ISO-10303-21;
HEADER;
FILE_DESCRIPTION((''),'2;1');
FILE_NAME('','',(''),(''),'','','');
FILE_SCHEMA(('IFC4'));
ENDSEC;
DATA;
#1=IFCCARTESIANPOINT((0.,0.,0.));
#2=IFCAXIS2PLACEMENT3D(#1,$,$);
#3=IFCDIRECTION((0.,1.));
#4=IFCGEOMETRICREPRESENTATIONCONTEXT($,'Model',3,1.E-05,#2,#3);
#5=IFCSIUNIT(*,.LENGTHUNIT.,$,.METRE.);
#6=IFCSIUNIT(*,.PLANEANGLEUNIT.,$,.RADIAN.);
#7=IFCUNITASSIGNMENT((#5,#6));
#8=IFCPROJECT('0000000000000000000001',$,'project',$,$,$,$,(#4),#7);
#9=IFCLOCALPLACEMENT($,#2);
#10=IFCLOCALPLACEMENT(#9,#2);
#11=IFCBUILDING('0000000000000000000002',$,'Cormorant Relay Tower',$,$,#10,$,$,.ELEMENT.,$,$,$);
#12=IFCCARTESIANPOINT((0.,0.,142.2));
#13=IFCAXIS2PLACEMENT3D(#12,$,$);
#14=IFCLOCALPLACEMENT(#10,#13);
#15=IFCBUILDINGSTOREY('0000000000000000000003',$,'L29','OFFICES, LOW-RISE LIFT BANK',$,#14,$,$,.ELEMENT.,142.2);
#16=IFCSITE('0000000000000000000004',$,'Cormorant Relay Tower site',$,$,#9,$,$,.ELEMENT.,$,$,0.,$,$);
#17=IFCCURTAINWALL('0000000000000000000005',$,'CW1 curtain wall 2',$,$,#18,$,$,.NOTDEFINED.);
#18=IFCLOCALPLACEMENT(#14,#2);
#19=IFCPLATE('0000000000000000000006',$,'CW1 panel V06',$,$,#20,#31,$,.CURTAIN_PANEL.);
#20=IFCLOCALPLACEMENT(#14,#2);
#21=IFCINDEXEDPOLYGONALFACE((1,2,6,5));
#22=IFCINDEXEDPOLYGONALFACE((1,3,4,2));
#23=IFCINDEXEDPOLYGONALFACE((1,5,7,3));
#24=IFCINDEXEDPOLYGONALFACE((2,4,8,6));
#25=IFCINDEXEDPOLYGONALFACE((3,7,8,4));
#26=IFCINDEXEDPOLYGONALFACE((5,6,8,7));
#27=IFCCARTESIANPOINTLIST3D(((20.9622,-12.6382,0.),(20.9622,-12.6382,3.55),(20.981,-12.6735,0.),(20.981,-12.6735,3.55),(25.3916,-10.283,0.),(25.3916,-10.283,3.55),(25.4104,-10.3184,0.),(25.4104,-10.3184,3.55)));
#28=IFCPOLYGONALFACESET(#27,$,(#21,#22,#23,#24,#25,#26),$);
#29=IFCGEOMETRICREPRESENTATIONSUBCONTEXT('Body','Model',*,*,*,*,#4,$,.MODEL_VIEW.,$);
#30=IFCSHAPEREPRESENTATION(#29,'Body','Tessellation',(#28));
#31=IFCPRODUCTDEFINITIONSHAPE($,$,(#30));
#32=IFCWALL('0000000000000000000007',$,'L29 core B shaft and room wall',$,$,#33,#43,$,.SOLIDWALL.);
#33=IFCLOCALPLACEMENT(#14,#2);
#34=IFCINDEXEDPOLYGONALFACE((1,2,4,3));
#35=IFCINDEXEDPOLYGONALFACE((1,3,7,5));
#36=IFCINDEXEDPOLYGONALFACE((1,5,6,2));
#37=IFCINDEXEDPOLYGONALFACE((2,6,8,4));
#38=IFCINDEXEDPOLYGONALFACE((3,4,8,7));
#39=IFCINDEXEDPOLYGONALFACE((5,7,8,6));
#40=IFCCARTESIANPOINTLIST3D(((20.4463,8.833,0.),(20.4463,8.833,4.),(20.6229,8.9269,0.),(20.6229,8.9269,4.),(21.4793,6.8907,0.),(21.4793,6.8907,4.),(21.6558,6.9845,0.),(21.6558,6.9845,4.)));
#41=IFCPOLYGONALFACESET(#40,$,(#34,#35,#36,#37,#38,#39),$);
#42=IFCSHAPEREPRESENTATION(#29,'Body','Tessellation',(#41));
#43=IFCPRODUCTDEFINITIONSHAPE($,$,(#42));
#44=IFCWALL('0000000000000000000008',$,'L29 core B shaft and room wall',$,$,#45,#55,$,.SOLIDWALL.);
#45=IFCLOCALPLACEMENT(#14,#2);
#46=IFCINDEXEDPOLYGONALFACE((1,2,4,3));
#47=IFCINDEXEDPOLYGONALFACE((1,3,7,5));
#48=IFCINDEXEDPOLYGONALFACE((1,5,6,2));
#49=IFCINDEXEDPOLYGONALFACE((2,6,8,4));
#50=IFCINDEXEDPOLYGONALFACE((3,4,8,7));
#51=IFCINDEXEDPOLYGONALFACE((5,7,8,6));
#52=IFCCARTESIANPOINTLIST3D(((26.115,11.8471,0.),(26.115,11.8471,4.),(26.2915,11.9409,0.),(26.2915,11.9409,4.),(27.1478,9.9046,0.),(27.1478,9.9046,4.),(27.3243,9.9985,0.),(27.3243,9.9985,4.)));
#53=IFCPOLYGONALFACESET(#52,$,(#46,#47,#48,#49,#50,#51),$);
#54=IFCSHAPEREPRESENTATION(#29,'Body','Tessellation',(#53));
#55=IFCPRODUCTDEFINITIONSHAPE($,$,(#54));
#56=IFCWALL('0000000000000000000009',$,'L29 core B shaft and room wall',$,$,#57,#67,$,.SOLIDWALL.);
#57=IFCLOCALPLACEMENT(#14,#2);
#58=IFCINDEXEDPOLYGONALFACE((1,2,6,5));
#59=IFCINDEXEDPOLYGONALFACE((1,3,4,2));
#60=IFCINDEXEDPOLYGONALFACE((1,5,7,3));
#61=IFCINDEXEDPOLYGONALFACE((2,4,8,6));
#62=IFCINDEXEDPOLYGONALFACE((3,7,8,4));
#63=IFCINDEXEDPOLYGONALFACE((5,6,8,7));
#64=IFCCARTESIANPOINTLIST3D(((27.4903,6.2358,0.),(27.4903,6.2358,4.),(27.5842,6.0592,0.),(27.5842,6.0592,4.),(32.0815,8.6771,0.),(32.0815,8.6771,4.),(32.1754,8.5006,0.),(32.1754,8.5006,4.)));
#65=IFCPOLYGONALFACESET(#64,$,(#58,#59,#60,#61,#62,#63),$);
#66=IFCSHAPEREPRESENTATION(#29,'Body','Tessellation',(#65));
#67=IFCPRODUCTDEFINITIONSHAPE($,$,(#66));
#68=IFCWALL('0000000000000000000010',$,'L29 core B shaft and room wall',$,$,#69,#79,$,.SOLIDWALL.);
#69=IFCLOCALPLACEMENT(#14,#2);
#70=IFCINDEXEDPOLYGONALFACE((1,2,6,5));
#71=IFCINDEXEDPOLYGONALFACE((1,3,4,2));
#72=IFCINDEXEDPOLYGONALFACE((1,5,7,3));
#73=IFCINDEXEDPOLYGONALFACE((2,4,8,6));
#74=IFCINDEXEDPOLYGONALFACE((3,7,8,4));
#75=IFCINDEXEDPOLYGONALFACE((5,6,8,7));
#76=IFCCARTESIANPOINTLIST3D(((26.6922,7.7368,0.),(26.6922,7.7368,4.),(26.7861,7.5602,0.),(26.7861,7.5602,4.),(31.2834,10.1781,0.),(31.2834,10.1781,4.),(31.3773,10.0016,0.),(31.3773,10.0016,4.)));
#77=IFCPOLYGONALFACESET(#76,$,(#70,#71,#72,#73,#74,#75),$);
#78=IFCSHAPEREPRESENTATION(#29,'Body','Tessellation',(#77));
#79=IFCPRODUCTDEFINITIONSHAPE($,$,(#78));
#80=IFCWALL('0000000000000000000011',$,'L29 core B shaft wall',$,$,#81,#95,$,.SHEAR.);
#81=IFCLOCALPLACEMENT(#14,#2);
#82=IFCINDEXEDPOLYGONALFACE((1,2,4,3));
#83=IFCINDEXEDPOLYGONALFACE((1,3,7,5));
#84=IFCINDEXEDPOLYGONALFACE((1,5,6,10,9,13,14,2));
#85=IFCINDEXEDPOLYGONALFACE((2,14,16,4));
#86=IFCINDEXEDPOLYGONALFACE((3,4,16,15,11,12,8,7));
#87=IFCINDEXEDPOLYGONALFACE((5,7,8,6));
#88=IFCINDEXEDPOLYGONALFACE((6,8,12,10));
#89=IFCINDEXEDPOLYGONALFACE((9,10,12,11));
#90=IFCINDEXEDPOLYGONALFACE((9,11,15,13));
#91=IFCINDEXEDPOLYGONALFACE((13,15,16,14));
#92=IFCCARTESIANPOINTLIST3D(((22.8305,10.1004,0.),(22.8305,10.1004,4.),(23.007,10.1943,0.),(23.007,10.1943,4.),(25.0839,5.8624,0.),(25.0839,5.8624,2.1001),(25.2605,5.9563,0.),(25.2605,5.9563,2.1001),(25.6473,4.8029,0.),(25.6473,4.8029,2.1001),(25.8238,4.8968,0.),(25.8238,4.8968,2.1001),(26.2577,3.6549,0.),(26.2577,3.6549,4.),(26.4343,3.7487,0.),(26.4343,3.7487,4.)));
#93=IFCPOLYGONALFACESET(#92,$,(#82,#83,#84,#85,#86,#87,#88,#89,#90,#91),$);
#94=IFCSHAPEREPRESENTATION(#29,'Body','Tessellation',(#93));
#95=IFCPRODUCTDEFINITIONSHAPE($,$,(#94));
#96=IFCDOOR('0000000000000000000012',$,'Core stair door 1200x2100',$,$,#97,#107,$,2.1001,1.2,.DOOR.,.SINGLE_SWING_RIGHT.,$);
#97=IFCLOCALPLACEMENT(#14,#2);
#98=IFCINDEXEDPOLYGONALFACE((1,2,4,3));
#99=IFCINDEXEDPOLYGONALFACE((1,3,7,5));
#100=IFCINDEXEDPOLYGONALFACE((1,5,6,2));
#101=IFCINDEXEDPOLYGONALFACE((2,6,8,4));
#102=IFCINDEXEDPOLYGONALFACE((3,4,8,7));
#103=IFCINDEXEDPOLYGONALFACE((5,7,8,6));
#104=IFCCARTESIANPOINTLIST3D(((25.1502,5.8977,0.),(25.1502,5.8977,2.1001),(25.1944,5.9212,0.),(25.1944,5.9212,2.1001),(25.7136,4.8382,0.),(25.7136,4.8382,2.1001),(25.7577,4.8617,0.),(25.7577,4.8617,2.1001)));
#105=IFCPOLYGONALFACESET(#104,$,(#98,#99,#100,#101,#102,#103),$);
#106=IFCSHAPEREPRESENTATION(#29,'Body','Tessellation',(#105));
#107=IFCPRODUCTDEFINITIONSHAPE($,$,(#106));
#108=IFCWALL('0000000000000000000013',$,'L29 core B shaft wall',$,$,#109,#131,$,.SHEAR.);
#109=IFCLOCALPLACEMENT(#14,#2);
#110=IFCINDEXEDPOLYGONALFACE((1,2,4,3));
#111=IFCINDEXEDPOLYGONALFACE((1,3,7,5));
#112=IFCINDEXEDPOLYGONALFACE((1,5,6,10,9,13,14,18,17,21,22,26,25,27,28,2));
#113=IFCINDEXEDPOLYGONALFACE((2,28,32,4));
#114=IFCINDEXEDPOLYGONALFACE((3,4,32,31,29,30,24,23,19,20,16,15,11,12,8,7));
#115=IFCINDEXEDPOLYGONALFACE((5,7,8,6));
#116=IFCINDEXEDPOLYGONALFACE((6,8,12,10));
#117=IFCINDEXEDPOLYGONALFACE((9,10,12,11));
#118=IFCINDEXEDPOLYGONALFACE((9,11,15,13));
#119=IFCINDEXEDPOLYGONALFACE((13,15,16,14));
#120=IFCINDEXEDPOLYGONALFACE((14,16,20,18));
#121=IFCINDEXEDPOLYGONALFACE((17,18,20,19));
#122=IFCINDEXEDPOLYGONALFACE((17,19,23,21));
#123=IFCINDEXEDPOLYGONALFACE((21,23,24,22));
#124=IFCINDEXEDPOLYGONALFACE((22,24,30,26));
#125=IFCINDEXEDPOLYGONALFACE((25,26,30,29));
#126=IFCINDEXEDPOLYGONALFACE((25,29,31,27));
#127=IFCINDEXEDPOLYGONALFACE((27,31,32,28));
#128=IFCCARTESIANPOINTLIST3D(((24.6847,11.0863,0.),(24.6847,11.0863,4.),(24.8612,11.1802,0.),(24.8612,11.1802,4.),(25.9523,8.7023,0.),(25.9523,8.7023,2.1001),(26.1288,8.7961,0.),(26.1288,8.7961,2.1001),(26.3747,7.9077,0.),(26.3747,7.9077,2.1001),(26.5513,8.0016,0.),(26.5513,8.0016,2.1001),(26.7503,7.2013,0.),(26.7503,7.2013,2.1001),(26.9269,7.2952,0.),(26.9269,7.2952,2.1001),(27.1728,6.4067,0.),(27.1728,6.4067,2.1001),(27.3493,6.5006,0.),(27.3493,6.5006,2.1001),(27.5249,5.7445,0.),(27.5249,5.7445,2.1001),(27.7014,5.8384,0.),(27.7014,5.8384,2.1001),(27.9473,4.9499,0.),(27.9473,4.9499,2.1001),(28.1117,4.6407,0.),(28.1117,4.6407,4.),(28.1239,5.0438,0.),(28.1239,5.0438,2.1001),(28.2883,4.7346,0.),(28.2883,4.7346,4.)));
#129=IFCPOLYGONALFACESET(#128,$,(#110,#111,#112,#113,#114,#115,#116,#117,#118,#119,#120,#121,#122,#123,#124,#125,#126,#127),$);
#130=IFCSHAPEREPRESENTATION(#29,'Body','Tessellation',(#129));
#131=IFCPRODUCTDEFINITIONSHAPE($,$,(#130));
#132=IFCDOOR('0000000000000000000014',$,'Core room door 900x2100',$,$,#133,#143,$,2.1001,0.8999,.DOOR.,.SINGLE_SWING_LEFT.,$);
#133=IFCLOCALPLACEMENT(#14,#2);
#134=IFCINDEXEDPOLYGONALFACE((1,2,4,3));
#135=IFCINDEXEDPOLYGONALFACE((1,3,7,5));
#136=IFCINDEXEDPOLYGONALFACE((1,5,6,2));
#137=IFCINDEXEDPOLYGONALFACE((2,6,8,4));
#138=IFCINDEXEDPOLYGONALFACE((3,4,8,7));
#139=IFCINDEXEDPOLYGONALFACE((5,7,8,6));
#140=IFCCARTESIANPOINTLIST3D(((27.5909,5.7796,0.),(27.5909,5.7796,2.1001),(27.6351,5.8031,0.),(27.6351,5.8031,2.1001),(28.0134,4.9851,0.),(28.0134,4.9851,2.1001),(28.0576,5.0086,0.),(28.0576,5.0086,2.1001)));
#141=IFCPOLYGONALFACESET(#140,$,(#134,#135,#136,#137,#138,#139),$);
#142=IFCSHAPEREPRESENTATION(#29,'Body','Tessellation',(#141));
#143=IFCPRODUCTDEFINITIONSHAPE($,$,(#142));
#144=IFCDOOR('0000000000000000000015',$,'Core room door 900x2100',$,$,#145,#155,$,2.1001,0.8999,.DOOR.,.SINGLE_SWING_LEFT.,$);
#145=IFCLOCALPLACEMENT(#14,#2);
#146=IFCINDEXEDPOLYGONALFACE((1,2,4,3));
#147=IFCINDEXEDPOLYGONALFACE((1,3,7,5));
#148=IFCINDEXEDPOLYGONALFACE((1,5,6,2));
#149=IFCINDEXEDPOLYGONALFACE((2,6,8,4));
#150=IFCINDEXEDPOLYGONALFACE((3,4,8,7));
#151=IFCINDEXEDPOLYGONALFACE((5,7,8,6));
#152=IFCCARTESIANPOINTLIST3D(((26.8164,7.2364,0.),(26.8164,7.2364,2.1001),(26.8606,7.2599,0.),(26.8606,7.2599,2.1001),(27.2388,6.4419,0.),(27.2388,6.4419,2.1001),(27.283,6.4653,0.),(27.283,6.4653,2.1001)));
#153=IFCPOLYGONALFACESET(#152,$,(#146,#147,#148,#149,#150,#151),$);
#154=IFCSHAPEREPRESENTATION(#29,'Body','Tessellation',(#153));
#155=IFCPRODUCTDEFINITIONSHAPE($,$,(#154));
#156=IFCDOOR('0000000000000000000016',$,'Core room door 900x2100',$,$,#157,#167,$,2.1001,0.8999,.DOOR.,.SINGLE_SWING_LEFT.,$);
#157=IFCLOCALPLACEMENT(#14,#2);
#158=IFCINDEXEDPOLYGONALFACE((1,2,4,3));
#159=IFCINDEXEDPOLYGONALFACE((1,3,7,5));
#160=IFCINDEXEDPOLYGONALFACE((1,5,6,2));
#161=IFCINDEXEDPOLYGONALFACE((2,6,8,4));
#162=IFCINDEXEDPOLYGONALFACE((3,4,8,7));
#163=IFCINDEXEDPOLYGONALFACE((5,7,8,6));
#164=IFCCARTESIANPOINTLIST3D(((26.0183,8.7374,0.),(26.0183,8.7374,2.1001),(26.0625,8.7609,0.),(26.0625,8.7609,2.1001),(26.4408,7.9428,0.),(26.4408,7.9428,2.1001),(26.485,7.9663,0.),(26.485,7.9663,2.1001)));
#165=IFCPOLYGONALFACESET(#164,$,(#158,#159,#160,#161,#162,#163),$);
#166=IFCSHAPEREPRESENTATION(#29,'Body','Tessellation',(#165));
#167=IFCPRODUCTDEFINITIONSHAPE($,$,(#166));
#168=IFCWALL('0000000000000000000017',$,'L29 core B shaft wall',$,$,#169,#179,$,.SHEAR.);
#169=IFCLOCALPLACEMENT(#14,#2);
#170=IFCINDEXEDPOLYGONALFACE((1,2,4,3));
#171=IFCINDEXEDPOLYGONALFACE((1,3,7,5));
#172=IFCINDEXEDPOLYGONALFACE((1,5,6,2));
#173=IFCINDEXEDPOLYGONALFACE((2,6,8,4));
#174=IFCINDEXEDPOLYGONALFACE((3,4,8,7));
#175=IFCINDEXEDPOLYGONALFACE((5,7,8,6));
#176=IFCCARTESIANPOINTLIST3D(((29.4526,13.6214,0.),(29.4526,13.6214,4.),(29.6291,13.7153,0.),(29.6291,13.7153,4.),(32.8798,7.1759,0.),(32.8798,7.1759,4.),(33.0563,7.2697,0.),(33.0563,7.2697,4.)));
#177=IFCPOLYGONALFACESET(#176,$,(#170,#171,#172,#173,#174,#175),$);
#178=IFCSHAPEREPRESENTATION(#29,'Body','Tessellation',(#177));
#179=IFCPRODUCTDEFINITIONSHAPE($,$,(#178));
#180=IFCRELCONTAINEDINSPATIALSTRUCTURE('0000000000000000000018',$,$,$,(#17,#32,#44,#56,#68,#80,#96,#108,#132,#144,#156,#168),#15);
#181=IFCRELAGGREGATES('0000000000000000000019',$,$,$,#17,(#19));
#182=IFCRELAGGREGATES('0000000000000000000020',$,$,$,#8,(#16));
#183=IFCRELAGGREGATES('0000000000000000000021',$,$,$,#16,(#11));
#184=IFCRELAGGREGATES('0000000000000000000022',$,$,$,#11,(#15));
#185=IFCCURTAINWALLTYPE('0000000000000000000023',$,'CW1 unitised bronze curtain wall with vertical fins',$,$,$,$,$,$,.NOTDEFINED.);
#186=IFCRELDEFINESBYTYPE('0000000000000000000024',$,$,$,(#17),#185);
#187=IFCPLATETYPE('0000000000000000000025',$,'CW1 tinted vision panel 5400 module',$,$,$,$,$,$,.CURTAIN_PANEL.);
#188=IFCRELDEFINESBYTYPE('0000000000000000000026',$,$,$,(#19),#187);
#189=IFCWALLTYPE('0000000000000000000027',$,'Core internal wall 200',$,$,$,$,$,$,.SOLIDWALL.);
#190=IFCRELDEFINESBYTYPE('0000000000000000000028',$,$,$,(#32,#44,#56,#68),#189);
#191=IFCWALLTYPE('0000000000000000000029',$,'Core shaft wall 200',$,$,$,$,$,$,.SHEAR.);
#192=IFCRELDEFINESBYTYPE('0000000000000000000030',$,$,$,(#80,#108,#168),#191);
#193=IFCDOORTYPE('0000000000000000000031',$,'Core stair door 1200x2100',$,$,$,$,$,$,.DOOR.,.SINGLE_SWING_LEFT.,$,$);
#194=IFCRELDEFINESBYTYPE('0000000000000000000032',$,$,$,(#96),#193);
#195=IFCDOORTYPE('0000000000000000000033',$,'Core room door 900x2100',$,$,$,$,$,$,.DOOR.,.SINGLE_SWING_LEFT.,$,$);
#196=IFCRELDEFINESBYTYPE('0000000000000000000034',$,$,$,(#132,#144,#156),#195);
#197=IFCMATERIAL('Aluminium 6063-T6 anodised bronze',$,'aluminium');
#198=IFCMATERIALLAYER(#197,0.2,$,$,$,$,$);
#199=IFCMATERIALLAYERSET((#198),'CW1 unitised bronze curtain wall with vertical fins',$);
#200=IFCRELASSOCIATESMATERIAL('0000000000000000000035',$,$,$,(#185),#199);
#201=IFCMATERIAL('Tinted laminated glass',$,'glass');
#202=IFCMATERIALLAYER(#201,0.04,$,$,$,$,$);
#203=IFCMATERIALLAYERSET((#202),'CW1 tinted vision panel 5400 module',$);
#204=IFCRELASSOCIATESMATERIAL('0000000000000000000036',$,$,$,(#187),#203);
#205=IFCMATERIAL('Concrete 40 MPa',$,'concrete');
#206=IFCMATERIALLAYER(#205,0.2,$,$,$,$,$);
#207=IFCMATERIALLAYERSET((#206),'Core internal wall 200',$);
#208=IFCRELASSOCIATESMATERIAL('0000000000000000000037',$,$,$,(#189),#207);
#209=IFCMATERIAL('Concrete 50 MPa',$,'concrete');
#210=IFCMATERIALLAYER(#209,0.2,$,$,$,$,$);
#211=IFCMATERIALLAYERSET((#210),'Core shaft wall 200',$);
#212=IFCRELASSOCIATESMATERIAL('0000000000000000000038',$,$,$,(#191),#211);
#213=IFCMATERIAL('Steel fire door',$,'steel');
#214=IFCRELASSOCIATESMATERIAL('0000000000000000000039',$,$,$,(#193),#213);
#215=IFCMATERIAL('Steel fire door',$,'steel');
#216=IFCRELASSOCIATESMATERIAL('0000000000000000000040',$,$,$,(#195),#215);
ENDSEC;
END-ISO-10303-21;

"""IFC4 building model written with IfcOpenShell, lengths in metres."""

from ifc_helpers import new_model, si_unit, direction, frame, frame_2d, origin, origin_2d, place, context, subcontext, project, spatial, rectangle, extrude, material, layer, layer_set, type_object, element, fill, aggregate, save


model = new_model("IFC4")

# Units and contexts
model_context = context("Model", 3, precision=1e-05, world=origin(), true_north=direction((0.0, 1.0)))
body_context = subcontext(model_context, "Body", "Model", "MODEL_VIEW")
ifc_project = project(units=[si_unit("LENGTHUNIT", "METRE"), si_unit("PLANEANGLEUNIT", "RADIAN")], contexts=[model_context])

# Site, building, storey
site_placement = place(None, origin())
site = spatial("IfcSite", under=ifc_project, at=site_placement, Name="Cormorant Relay Tower site", CompositionType="ELEMENT", RefElevation=0.0)
building_placement = place(site_placement, origin())
building = spatial("IfcBuilding", under=site, at=building_placement, Name="Cormorant Relay Tower", CompositionType="ELEMENT")
storey_placement = place(building_placement, frame((0.0, 0.0, 142.2)))
storey = spatial("IfcBuildingStorey", under=building, at=storey_placement, Name="L29", Description="OFFICES, LOW-RISE LIFT BANK", CompositionType="ELEMENT", Elevation=142.2)

# Curtain wall
ifc_material_1 = material(Name="Aluminium 6063-T6 anodised bronze", Category="aluminium")
ifc_layer_1 = layer(ifc_material_1, 0.2)
ifc_layer_set_1 = layer_set([ifc_layer_1], Name="CW1 unitised bronze curtain wall with vertical fins")
curtain_wall_type = type_object("IfcCurtainWallType", Name="CW1 unitised bronze curtain wall with vertical fins", PredefinedType="NOTDEFINED", material=ifc_layer_set_1)
curtain_wall_1_placement = place(storey_placement, origin())
curtain_wall_1 = element("IfcCurtainWall", 1, at=curtain_wall_1_placement, inside=storey, type_object=curtain_wall_type, Name="CW1 curtain wall 2", PredefinedType="NOTDEFINED")

# Plate
ifc_material_2 = material(Name="Tinted laminated glass", Category="glass")
ifc_layer_2 = layer(ifc_material_2, 0.04)
ifc_layer_set_2 = layer_set([ifc_layer_2], Name="CW1 tinted vision panel 5400 module")
plate_type = type_object("IfcPlateType", Name="CW1 tinted vision panel 5400 module", PredefinedType="CURTAIN_PANEL", material=ifc_layer_set_2)
plate_placement = place(storey_placement, frame((23.1863, -11.4783, 0.0), z_axis=(0.0, 0.0, 1.0), x_axis=(0.882948, 0.469472, 0.0)))
plate = element("IfcPlate", 2, at=plate_placement, type_object=plate_type, Name="CW1 panel V06", PredefinedType="CURTAIN_PANEL", context=body_context, shape_type="SweptSolid", body=[
    extrude(rectangle(XDim=5.0166, YDim=0.04, at=origin_2d()), origin(), (0.0, 0.0, 1.0), 3.55),
])

# Walls
ifc_material_3 = material(Name="Concrete 40 MPa", Category="concrete")
ifc_layer_3 = layer(ifc_material_3, 0.2)
ifc_layer_set_3 = layer_set([ifc_layer_3], Name="Core internal wall 200")
wall_type_1 = type_object("IfcWallType", Name="Core internal wall 200", PredefinedType="SOLIDWALL", material=ifc_layer_set_3)
for number, where, z_axis, x_axis, name in (
    (3, (21.5676, 6.9375, 0.0), (0.0, 0.0, 1.0), (-0.469534, 0.882914, 0.0), "L29 core B shaft and room wall"),
    (4, (27.2361, 9.9514, 0.0), (0.0, 0.0, 1.0), (-0.469447, 0.88296, 0.0), "L29 core B shaft and room wall"),
):
    element("IfcWall", number, at=place(storey_placement, frame(where, z_axis=z_axis, x_axis=x_axis)), inside=storey, type_object=wall_type_1, Name=name, PredefinedType="SOLIDWALL", context=body_context, shape_type="SweptSolid", body=[
        extrude(rectangle(XDim=2.2, YDim=0.2, at=frame_2d((1.1001, 0.0))), origin(), (0.0, 0.0, 1.0), 4.0),
    ])
for number, where, z_axis, x_axis, name in (
    (5, (27.5371, 6.1475, 0.0), (0.0, 0.0, 1.0), (0.882935, 0.469496, 0.0), "L29 core B shaft and room wall"),
    (6, (26.739, 7.6484, 0.0), (0.0, 0.0, 1.0), (0.882935, 0.469496, 0.0), "L29 core B shaft and room wall"),
):
    element("IfcWall", number, at=place(storey_placement, frame(where, z_axis=z_axis, x_axis=x_axis)), inside=storey, type_object=wall_type_1, Name=name, PredefinedType="SOLIDWALL", context=body_context, shape_type="SweptSolid", body=[
        extrude(rectangle(XDim=5.2, YDim=0.2, at=frame_2d((2.6001, 0.0))), origin(), (0.0, 0.0, 1.0), 4.0),
    ])

# Wall, opening, door
ifc_material_4 = material(Name="Concrete 50 MPa", Category="concrete")
ifc_layer_4 = layer(ifc_material_4, 0.2)
ifc_layer_set_4 = layer_set([ifc_layer_4], Name="Core shaft wall 200")
wall_type_2 = type_object("IfcWallType", Name="Core shaft wall 200", PredefinedType="SHEAR", material=ifc_layer_set_4)
wall_1_placement = place(storey_placement, frame((26.3459, 3.7019, 0.0), z_axis=(0.0, 0.0, 1.0), x_axis=(-0.46948, 0.882943, 0.0)))
wall_1 = element("IfcWall", 7, at=wall_1_placement, inside=storey, type_object=wall_type_2, Name="L29 core B shaft wall", PredefinedType="SHEAR", context=body_context, shape_type="SweptSolid", body=[
    extrude(rectangle(XDim=7.3, YDim=0.2, at=frame_2d((3.6499, 0.0))), origin(), (0.0, 0.0, 1.0), 4.0),
])
opening_1_placement = place(wall_1_placement, frame((1.3, 0.0, 0.0)))
opening_1 = element("IfcOpeningElement", 8, at=opening_1_placement, cuts=wall_1, PredefinedType="OPENING", context=body_context, shape_type="SweptSolid", body=[
    extrude(rectangle(XDim=1.2, YDim=2.1001, at=frame_2d((0.6001, 1.05))), frame((0.0, 0.1099, 0.0), z_axis=(0.0, -1.0, 0.0), x_axis=(1.0, 0.0, 0.0)), (0.0, 0.0, 1.0), 0.22),
])
ifc_material_5 = material(Name="Steel fire door", Category="steel")
door_type_1 = type_object("IfcDoorType", Name="Core stair door 1200x2100", OperationType="SINGLE_SWING_LEFT", PredefinedType="DOOR", material=ifc_material_5)
door_1_placement = place(opening_1_placement, origin())
door_1 = element("IfcDoor", 9, at=door_1_placement, inside=storey, type_object=door_type_1, Name="Core stair door 1200x2100", OperationType="SINGLE_SWING_RIGHT", OverallHeight=2.1001, OverallWidth=1.2, PredefinedType="DOOR", context=body_context, shape_type="SweptSolid", body=[
    extrude(rectangle(XDim=1.2, YDim=2.1001, at=frame_2d((0.6001, 1.05))), frame((0.0, 0.0249, 0.0), z_axis=(0.0, -1.0, 0.0), x_axis=(1.0, 0.0, 0.0)), (0.0, 0.0, 1.0), 0.05),
])
fill(opening_1, door_1)

# Wall, openings, doors
wall_2_placement = place(storey_placement, frame((28.2, 4.6877, 0.0), z_axis=(0.0, 0.0, 1.0), x_axis=(-0.469454, 0.882957, 0.0)))
wall_2 = element("IfcWall", 10, at=wall_2_placement, inside=storey, type_object=wall_type_2, Name="L29 core B shaft wall", PredefinedType="SHEAR", context=body_context, shape_type="SweptSolid", body=[
    extrude(rectangle(XDim=7.3, YDim=0.2, at=frame_2d((3.6499, 0.0))), origin(), (0.0, 0.0, 1.0), 4.0),
])
opening_2_placement = place(wall_2_placement, frame((0.3501, 0.0, 0.0)))
opening_2 = element("IfcOpeningElement", 11, at=opening_2_placement, cuts=wall_2, PredefinedType="OPENING", context=body_context, shape_type="SweptSolid", body=[
    extrude(rectangle(XDim=0.8999, YDim=2.1001, at=frame_2d((0.45, 1.05))), frame((0.0, 0.1099, 0.0), z_axis=(0.0, -1.0, 0.0), x_axis=(1.0, 0.0, 0.0)), (0.0, 0.0, 1.0), 0.22),
])
opening_3_placement = place(wall_2_placement, frame((2.0, 0.0, 0.0)))
opening_3 = element("IfcOpeningElement", 12, at=opening_3_placement, cuts=wall_2, PredefinedType="OPENING", context=body_context, shape_type="SweptSolid", body=[
    extrude(rectangle(XDim=0.8999, YDim=2.1001, at=frame_2d((0.45, 1.05))), frame((0.0, 0.1099, 0.0), z_axis=(0.0, -1.0, 0.0), x_axis=(1.0, 0.0, 0.0)), (0.0, 0.0, 1.0), 0.22),
])
opening_4_placement = place(wall_2_placement, frame((3.7, 0.0, 0.0)))
opening_4 = element("IfcOpeningElement", 13, at=opening_4_placement, cuts=wall_2, PredefinedType="OPENING", context=body_context, shape_type="SweptSolid", body=[
    extrude(rectangle(XDim=0.8999, YDim=2.1001, at=frame_2d((0.45, 1.05))), frame((0.0, 0.1099, 0.0), z_axis=(0.0, -1.0, 0.0), x_axis=(1.0, 0.0, 0.0)), (0.0, 0.0, 1.0), 0.22),
])
ifc_material_6 = material(Name="Steel fire door", Category="steel")
door_type_2 = type_object("IfcDoorType", Name="Core room door 900x2100", OperationType="SINGLE_SWING_LEFT", PredefinedType="DOOR", material=ifc_material_6)
door_2_placement = place(opening_2_placement, frame((0.8999, 0.0, 0.0), z_axis=(0.0, 0.0, 1.0), x_axis=(-1.0, 0.0, 0.0)))
door_2 = element("IfcDoor", 14, at=door_2_placement, inside=storey, type_object=door_type_2, Name="Core room door 900x2100", OperationType="SINGLE_SWING_LEFT", OverallHeight=2.1001, OverallWidth=0.8999, PredefinedType="DOOR", context=body_context, shape_type="SweptSolid", body=[
    extrude(rectangle(XDim=0.8999, YDim=2.1001, at=frame_2d((0.45, 1.05))), frame((0.0, 0.0249, 0.0), z_axis=(0.0, -1.0, 0.0), x_axis=(1.0, 0.0, 0.0)), (0.0, 0.0, 1.0), 0.05),
])
fill(opening_2, door_2)
door_3_placement = place(opening_3_placement, frame((0.8999, 0.0, 0.0), z_axis=(0.0, 0.0, 1.0), x_axis=(-1.0, 0.0, 0.0)))
door_3 = element("IfcDoor", 15, at=door_3_placement, inside=storey, type_object=door_type_2, Name="Core room door 900x2100", OperationType="SINGLE_SWING_LEFT", OverallHeight=2.1001, OverallWidth=0.8999, PredefinedType="DOOR", context=body_context, shape_type="SweptSolid", body=[
    extrude(rectangle(XDim=0.8999, YDim=2.1001, at=frame_2d((0.45, 1.05))), frame((0.0, 0.0249, 0.0), z_axis=(0.0, -1.0, 0.0), x_axis=(1.0, 0.0, 0.0)), (0.0, 0.0, 1.0), 0.05),
])
fill(opening_3, door_3)
door_4_placement = place(opening_4_placement, frame((0.8999, 0.0, 0.0), z_axis=(0.0, 0.0, 1.0), x_axis=(-1.0, 0.0, 0.0)))
door_4 = element("IfcDoor", 16, at=door_4_placement, inside=storey, type_object=door_type_2, Name="Core room door 900x2100", OperationType="SINGLE_SWING_LEFT", OverallHeight=2.1001, OverallWidth=0.8999, PredefinedType="DOOR", context=body_context, shape_type="SweptSolid", body=[
    extrude(rectangle(XDim=0.8999, YDim=2.1001, at=frame_2d((0.45, 1.05))), frame((0.0, 0.0249, 0.0), z_axis=(0.0, -1.0, 0.0), x_axis=(1.0, 0.0, 0.0)), (0.0, 0.0, 1.0), 0.05),
])
fill(opening_4, door_4)

# Wall
wall_3_placement = place(storey_placement, frame((32.968, 7.2229, 0.0), z_axis=(0.0, 0.0, 1.0), x_axis=(-0.46948, 0.882943, 0.0)))
element("IfcWall", 17, at=wall_3_placement, inside=storey, type_object=wall_type_2, Name="L29 core B shaft wall", PredefinedType="SHEAR", context=body_context, shape_type="SweptSolid", body=[
    extrude(rectangle(XDim=7.3, YDim=0.2, at=frame_2d((3.6499, 0.0))), origin(), (0.0, 0.0, 1.0), 4.0),
])

aggregate(curtain_wall_1, [plate])

save(model, "model.ifc")
